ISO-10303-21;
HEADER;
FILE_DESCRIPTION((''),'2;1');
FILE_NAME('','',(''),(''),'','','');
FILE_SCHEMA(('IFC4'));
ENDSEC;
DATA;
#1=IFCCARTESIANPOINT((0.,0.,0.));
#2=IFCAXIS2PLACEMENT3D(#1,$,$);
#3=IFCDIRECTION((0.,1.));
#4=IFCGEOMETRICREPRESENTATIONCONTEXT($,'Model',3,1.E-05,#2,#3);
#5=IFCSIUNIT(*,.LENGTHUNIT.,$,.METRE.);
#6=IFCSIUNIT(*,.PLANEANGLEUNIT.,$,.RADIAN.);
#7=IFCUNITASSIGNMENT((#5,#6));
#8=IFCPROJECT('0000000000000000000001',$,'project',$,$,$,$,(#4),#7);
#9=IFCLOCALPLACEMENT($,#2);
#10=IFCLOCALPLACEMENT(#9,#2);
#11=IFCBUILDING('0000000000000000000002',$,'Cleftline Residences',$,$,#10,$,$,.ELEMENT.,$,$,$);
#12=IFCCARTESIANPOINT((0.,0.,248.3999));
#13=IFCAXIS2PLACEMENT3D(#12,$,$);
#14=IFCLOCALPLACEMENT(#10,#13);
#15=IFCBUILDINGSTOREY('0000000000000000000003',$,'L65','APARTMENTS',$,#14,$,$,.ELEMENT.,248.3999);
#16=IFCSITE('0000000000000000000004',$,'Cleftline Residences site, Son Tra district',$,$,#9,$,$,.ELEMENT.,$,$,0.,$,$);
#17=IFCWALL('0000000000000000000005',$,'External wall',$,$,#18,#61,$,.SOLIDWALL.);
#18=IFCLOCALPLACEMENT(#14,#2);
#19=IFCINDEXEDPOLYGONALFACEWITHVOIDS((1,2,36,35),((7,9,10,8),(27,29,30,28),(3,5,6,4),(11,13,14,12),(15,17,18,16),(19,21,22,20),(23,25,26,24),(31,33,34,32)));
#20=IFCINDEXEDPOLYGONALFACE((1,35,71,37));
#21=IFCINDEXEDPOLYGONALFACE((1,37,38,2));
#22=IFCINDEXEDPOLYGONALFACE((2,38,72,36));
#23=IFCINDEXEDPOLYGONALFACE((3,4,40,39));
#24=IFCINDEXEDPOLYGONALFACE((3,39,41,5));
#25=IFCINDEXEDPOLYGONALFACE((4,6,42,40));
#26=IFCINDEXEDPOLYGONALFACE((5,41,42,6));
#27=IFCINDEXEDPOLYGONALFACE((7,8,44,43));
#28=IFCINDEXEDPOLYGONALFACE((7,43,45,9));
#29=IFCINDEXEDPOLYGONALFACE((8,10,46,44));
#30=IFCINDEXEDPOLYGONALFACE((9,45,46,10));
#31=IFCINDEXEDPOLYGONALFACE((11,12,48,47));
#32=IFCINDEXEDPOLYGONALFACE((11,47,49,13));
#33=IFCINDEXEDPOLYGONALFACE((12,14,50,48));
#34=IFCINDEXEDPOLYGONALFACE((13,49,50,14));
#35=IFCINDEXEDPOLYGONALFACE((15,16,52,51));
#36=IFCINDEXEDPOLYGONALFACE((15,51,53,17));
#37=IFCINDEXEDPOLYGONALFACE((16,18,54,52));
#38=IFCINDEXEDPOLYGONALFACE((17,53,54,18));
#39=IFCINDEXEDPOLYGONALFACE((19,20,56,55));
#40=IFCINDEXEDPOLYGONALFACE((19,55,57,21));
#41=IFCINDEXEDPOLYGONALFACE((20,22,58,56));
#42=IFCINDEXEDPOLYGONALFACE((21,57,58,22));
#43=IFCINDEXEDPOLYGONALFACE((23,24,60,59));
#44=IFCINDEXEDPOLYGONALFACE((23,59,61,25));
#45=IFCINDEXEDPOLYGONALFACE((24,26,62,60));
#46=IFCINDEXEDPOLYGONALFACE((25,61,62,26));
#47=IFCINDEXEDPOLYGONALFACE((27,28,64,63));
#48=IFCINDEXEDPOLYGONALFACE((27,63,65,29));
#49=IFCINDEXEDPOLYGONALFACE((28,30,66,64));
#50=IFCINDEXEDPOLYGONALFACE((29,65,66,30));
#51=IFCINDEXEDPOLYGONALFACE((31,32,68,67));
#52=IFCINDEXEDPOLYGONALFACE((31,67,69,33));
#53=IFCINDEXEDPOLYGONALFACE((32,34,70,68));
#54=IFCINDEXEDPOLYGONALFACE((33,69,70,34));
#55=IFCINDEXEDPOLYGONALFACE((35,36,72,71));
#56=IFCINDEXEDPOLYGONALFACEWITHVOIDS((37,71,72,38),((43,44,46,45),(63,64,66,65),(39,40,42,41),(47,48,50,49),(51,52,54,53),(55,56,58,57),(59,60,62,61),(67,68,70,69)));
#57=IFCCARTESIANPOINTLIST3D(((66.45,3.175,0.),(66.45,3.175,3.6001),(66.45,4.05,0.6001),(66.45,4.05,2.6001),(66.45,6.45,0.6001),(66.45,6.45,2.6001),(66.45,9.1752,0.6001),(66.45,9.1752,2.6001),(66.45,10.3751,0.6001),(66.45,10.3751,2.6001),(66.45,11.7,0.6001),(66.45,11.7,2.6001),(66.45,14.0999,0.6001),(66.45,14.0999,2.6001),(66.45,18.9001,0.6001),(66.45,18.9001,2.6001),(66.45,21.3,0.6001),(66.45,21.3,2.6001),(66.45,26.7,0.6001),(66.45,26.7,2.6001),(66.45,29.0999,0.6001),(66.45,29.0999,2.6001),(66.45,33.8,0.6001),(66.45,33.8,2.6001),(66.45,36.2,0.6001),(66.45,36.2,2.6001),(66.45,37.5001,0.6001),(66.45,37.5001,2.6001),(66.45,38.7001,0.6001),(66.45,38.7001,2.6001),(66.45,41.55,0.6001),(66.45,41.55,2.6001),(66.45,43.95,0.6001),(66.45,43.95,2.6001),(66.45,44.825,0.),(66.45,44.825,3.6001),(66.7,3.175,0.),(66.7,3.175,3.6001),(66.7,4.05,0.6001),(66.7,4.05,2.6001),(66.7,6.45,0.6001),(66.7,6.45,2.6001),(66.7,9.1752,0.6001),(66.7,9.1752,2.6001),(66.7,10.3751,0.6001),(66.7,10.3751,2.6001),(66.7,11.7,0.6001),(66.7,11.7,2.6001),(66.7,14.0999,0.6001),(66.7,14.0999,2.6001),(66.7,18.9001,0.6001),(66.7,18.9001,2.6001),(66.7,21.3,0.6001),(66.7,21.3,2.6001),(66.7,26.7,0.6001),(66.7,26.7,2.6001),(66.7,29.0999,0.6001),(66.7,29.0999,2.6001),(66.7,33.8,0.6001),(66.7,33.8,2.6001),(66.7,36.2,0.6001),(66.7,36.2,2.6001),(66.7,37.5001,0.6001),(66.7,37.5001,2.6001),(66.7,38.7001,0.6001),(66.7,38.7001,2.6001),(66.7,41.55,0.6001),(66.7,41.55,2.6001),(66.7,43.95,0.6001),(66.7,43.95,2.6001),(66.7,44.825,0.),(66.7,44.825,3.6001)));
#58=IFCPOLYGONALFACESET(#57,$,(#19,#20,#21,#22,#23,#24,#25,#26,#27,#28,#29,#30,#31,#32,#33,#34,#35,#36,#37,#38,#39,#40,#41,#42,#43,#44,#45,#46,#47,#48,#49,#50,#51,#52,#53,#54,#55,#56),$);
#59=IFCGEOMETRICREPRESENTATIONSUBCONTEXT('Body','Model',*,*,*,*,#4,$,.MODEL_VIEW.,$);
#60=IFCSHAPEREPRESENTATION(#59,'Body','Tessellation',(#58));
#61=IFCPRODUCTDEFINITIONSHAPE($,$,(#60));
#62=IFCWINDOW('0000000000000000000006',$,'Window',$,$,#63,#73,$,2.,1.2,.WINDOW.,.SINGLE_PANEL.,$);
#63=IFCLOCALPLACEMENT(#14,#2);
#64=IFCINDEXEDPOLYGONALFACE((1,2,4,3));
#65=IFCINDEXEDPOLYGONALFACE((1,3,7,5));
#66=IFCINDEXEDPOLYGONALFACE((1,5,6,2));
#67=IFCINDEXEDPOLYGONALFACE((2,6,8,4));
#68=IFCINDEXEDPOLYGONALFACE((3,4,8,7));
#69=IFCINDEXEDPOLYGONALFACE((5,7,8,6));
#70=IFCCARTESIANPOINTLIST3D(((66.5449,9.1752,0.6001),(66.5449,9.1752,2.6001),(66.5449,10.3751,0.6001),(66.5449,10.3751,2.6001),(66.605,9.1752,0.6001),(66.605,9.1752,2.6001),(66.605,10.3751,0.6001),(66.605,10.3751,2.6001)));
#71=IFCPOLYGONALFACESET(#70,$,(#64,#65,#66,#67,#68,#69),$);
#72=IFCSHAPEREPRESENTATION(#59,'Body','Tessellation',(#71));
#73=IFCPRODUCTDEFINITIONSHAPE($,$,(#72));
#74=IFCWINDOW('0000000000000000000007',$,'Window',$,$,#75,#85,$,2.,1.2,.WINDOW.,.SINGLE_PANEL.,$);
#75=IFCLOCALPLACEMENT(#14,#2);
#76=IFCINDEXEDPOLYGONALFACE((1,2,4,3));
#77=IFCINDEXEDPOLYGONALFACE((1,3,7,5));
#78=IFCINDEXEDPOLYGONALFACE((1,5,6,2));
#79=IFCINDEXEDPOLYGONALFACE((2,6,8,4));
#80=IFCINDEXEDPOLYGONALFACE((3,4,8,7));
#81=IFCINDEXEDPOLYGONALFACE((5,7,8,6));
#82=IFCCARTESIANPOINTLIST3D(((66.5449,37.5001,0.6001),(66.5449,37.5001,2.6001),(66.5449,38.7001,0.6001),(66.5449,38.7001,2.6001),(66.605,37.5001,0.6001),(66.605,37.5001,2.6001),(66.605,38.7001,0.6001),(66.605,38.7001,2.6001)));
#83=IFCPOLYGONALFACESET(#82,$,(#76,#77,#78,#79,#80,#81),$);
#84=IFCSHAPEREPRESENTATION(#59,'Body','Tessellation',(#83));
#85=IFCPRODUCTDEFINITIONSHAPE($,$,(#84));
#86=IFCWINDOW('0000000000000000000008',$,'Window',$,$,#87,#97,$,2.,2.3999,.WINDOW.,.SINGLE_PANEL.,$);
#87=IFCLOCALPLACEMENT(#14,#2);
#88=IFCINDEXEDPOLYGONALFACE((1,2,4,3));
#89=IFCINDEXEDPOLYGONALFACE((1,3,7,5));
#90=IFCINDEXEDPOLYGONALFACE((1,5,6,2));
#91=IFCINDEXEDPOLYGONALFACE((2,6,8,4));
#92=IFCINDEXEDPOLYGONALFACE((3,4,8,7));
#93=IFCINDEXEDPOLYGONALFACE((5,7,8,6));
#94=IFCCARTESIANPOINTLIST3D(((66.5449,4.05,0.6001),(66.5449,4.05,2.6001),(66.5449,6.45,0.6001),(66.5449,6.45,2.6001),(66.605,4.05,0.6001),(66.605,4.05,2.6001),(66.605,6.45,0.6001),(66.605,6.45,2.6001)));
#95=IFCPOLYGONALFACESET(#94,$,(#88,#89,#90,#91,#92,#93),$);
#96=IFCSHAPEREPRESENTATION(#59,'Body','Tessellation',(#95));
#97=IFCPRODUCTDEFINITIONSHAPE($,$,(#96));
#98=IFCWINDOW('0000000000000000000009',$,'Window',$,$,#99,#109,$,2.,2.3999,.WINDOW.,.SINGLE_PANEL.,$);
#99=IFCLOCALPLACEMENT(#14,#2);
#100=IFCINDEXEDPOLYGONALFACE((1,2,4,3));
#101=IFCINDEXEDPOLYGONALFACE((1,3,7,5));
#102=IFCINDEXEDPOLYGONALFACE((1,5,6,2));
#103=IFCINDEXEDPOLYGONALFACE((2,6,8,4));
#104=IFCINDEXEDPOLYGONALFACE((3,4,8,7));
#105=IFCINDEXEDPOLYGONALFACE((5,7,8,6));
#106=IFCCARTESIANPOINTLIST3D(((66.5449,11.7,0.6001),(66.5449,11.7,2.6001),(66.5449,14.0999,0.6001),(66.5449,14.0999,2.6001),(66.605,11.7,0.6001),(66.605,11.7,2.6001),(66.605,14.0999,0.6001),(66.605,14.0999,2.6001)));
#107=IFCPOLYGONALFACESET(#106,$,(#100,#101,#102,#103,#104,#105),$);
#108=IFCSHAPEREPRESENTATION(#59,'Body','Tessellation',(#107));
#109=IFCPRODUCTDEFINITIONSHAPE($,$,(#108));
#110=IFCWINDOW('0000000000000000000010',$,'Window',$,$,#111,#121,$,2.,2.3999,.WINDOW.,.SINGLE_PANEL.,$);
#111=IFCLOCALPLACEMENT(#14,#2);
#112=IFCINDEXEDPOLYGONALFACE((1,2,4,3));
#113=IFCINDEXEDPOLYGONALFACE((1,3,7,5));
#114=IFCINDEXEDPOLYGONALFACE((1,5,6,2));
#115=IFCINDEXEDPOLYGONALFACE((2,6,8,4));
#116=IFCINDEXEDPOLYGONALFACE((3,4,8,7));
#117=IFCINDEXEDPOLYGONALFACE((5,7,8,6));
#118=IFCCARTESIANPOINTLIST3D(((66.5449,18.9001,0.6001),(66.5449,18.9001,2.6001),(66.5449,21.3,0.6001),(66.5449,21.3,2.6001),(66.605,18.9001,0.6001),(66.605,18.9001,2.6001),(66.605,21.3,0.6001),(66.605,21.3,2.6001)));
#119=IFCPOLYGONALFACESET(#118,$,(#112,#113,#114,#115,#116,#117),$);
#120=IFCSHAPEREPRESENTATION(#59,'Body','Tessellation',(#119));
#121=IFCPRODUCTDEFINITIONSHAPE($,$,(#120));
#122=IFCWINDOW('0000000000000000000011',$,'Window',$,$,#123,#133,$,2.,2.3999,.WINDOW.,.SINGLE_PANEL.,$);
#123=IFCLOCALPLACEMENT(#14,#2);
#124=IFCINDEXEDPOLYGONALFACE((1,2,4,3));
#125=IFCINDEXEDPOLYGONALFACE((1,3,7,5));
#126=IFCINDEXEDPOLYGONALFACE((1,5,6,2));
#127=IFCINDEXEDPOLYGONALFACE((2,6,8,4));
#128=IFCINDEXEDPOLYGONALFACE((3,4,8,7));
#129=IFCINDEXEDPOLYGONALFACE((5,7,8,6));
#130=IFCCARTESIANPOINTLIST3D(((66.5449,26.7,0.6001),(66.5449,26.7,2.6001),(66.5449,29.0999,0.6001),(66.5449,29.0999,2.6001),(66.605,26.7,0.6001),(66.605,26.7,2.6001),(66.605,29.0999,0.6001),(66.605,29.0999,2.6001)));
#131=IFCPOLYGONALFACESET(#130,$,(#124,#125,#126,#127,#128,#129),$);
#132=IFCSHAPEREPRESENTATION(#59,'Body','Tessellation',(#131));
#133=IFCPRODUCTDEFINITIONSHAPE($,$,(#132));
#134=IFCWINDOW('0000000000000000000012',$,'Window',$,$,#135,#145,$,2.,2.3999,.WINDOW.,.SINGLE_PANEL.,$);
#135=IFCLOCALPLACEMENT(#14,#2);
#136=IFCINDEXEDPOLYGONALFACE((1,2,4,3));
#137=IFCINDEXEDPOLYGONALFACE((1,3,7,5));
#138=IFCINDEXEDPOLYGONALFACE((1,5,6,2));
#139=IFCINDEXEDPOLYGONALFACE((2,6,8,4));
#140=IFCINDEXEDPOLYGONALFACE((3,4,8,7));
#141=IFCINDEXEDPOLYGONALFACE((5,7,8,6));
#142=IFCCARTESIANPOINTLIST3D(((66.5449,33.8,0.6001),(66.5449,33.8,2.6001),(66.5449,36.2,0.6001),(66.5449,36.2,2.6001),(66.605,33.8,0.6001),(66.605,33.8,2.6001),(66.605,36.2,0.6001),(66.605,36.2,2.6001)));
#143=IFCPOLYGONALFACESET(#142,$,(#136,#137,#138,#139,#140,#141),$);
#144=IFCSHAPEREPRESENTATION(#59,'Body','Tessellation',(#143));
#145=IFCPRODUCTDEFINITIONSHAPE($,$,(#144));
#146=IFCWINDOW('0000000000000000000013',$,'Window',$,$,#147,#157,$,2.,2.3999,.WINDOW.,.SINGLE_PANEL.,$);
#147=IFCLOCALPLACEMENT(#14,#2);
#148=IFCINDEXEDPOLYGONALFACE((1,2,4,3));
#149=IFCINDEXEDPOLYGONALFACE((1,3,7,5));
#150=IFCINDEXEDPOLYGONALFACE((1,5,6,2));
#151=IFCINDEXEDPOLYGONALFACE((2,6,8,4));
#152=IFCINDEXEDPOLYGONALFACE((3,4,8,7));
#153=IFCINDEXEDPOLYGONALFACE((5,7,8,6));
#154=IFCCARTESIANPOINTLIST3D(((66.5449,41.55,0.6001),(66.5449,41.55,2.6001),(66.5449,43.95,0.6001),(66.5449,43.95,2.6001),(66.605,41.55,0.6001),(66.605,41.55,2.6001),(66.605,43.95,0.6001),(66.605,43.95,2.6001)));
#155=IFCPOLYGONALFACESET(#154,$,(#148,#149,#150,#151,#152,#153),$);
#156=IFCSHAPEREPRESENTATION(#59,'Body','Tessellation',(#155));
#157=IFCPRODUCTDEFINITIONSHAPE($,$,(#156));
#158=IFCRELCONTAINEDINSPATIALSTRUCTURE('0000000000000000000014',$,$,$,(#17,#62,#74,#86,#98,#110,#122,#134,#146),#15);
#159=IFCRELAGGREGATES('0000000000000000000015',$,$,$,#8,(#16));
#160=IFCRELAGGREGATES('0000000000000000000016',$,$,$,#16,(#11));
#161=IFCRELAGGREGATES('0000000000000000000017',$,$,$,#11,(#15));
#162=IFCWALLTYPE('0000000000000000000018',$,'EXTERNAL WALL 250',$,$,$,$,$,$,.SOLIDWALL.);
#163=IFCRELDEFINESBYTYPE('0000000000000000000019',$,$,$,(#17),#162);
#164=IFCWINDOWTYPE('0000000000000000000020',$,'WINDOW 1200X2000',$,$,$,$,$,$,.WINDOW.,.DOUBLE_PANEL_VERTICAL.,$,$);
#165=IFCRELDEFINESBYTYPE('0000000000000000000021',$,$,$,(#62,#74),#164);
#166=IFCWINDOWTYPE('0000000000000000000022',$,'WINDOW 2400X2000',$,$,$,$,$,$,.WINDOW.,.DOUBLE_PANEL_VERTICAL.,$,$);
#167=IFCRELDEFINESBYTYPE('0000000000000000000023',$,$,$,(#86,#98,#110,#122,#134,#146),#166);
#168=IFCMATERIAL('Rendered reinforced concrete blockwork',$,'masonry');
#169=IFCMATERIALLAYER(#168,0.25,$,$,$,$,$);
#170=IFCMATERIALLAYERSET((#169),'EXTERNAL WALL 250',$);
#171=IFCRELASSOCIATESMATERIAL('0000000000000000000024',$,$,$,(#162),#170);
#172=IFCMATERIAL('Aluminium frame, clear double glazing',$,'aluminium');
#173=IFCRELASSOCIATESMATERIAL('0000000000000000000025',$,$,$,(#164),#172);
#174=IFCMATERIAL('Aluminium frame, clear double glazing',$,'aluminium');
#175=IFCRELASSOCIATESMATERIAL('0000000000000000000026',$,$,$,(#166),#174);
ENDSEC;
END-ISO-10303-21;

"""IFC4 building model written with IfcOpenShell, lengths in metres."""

from ifc_helpers import new_model, si_unit, direction, frame, frame_2d, origin, place, context, subcontext, project, spatial, rectangle, extrude, material, layer, layer_set, type_object, element, fill, save


model = new_model("IFC4")

# Units and contexts
model_context = context("Model", 3, precision=1e-05, world=origin(), true_north=direction((0.0, 1.0)))
body_context = subcontext(model_context, "Body", "Model", "MODEL_VIEW")
ifc_project = project(units=[si_unit("LENGTHUNIT", "METRE"), si_unit("PLANEANGLEUNIT", "RADIAN")], contexts=[model_context])

# Site, building, storey
site_placement = place(None, origin())
site = spatial("IfcSite", under=ifc_project, at=site_placement, Name="Cleftline Residences site, Son Tra district", CompositionType="ELEMENT", RefElevation=0.0)
building_placement = place(site_placement, origin())
building = spatial("IfcBuilding", under=site, at=building_placement, Name="Cleftline Residences", CompositionType="ELEMENT")
storey_placement = place(building_placement, frame((0.0, 0.0, 248.3999)))
storey = spatial("IfcBuildingStorey", under=building, at=storey_placement, Name="L65", Description="APARTMENTS", CompositionType="ELEMENT", Elevation=248.3999)

# Wall, openings, windows
ifc_material_1 = material(Name="Rendered reinforced concrete blockwork", Category="masonry")
ifc_layer_1 = layer(ifc_material_1, 0.25)
ifc_layer_set_1 = layer_set([ifc_layer_1], Name="EXTERNAL WALL 250")
wall_type = type_object("IfcWallType", Name="EXTERNAL WALL 250", PredefinedType="SOLIDWALL", material=ifc_layer_set_1)
wall_placement = place(storey_placement, frame((66.575, 3.175, 0.0), z_axis=(0.0, 0.0, 1.0), x_axis=(0.0, 1.0, 0.0)))
wall = element("IfcWall", 1, at=wall_placement, inside=storey, type_object=wall_type, Name="External wall", PredefinedType="SOLIDWALL", context=body_context, shape_type="SweptSolid", body=[
    extrude(rectangle(XDim=41.6499, YDim=0.25, at=frame_2d((20.825, 0.0))), origin(), (0.0, 0.0, 1.0), 3.6001),
])
opening_1_placement = place(wall_placement, frame((0.875, 0.0, 0.6001)))
opening_1 = element("IfcOpeningElement", 2, at=opening_1_placement, cuts=wall, PredefinedType="OPENING", context=body_context, shape_type="SweptSolid", body=[
    extrude(rectangle(XDim=2.3999, YDim=2.0, at=frame_2d((1.2, 1.0))), frame((0.0, 0.135, 0.0), z_axis=(0.0, -1.0, 0.0), x_axis=(1.0, 0.0, 0.0)), (0.0, 0.0, 1.0), 0.27),
])
opening_2_placement = place(wall_placement, frame((6.0, 0.0, 0.6001)))
opening_2 = element("IfcOpeningElement", 3, at=opening_2_placement, cuts=wall, PredefinedType="OPENING", context=body_context, shape_type="SweptSolid", body=[
    extrude(rectangle(XDim=1.2, YDim=2.0, at=frame_2d((0.6001, 1.0))), frame((0.0, 0.135, 0.0), z_axis=(0.0, -1.0, 0.0), x_axis=(1.0, 0.0, 0.0)), (0.0, 0.0, 1.0), 0.27),
])
opening_3_placement = place(wall_placement, frame((8.5249, 0.0, 0.6001)))
opening_3 = element("IfcOpeningElement", 4, at=opening_3_placement, cuts=wall, PredefinedType="OPENING", context=body_context, shape_type="SweptSolid", body=[
    extrude(rectangle(XDim=2.3999, YDim=2.0, at=frame_2d((1.2, 1.0))), frame((0.0, 0.135, 0.0), z_axis=(0.0, -1.0, 0.0), x_axis=(1.0, 0.0, 0.0)), (0.0, 0.0, 1.0), 0.27),
])
opening_4_placement = place(wall_placement, frame((15.7251, 0.0, 0.6001)))
opening_4 = element("IfcOpeningElement", 5, at=opening_4_placement, cuts=wall, PredefinedType="OPENING", context=body_context, shape_type="SweptSolid", body=[
    extrude(rectangle(XDim=2.3999, YDim=2.0, at=frame_2d((1.2, 1.0))), frame((0.0, 0.135, 0.0), z_axis=(0.0, -1.0, 0.0), x_axis=(1.0, 0.0, 0.0)), (0.0, 0.0, 1.0), 0.27),
])
opening_5_placement = place(wall_placement, frame((23.5249, 0.0, 0.6001)))
opening_5 = element("IfcOpeningElement", 6, at=opening_5_placement, cuts=wall, PredefinedType="OPENING", context=body_context, shape_type="SweptSolid", body=[
    extrude(rectangle(XDim=2.3999, YDim=2.0, at=frame_2d((1.2, 1.0))), frame((0.0, 0.135, 0.0), z_axis=(0.0, -1.0, 0.0), x_axis=(1.0, 0.0, 0.0)), (0.0, 0.0, 1.0), 0.27),
])
opening_6_placement = place(wall_placement, frame((30.625, 0.0, 0.6001)))
opening_6 = element("IfcOpeningElement", 7, at=opening_6_placement, cuts=wall, PredefinedType="OPENING", context=body_context, shape_type="SweptSolid", body=[
    extrude(rectangle(XDim=2.3999, YDim=2.0, at=frame_2d((1.2, 1.0))), frame((0.0, 0.135, 0.0), z_axis=(0.0, -1.0, 0.0), x_axis=(1.0, 0.0, 0.0)), (0.0, 0.0, 1.0), 0.27),
])
opening_7_placement = place(wall_placement, frame((34.325, 0.0, 0.6001)))
opening_7 = element("IfcOpeningElement", 8, at=opening_7_placement, cuts=wall, PredefinedType="OPENING", context=body_context, shape_type="SweptSolid", body=[
    extrude(rectangle(XDim=1.2, YDim=2.0, at=frame_2d((0.6001, 1.0))), frame((0.0, 0.135, 0.0), z_axis=(0.0, -1.0, 0.0), x_axis=(1.0, 0.0, 0.0)), (0.0, 0.0, 1.0), 0.27),
])
opening_8_placement = place(wall_placement, frame((38.375, 0.0, 0.6001)))
opening_8 = element("IfcOpeningElement", 9, at=opening_8_placement, cuts=wall, PredefinedType="OPENING", context=body_context, shape_type="SweptSolid", body=[
    extrude(rectangle(XDim=2.3999, YDim=2.0, at=frame_2d((1.2, 1.0))), frame((0.0, 0.135, 0.0), z_axis=(0.0, -1.0, 0.0), x_axis=(1.0, 0.0, 0.0)), (0.0, 0.0, 1.0), 0.27),
])
ifc_material_2 = material(Name="Aluminium frame, clear double glazing", Category="aluminium")
window_type_1 = type_object("IfcWindowType", Name="WINDOW 1200X2000", PartitioningType="DOUBLE_PANEL_VERTICAL", PredefinedType="WINDOW", material=ifc_material_2)
window_1_placement = place(opening_2_placement, origin())
window_1 = element("IfcWindow", 10, at=window_1_placement, inside=storey, type_object=window_type_1, Name="Window", OverallHeight=2.0, OverallWidth=1.2, PartitioningType="SINGLE_PANEL", PredefinedType="WINDOW", context=body_context, shape_type="SweptSolid", body=[
    extrude(rectangle(XDim=1.2, YDim=2.0, at=frame_2d((0.6001, 1.0))), frame((0.0, 0.03, 0.0), z_axis=(0.0, -1.0, 0.0), x_axis=(1.0, 0.0, 0.0)), (0.0, 0.0, 1.0), 0.0601),
])
fill(opening_2, window_1)
window_2_placement = place(opening_7_placement, origin())
window_2 = element("IfcWindow", 11, at=window_2_placement, inside=storey, type_object=window_type_1, Name="Window", OverallHeight=2.0, OverallWidth=1.2, PartitioningType="SINGLE_PANEL", PredefinedType="WINDOW", context=body_context, shape_type="SweptSolid", body=[
    extrude(rectangle(XDim=1.2, YDim=2.0, at=frame_2d((0.6001, 1.0))), frame((0.0, 0.03, 0.0), z_axis=(0.0, -1.0, 0.0), x_axis=(1.0, 0.0, 0.0)), (0.0, 0.0, 1.0), 0.0601),
])
fill(opening_7, window_2)
ifc_material_3 = material(Name="Aluminium frame, clear double glazing", Category="aluminium")
window_type_2 = type_object("IfcWindowType", Name="WINDOW 2400X2000", PartitioningType="DOUBLE_PANEL_VERTICAL", PredefinedType="WINDOW", material=ifc_material_3)
window_3_placement = place(opening_1_placement, origin())
window_3 = element("IfcWindow", 12, at=window_3_placement, inside=storey, type_object=window_type_2, Name="Window", OverallHeight=2.0, OverallWidth=2.3999, PartitioningType="SINGLE_PANEL", PredefinedType="WINDOW", context=body_context, shape_type="SweptSolid", body=[
    extrude(rectangle(XDim=2.3999, YDim=2.0, at=frame_2d((1.2, 1.0))), frame((0.0, 0.03, 0.0), z_axis=(0.0, -1.0, 0.0), x_axis=(1.0, 0.0, 0.0)), (0.0, 0.0, 1.0), 0.0601),
])
fill(opening_1, window_3)
window_4_placement = place(opening_3_placement, origin())
window_4 = element("IfcWindow", 13, at=window_4_placement, inside=storey, type_object=window_type_2, Name="Window", OverallHeight=2.0, OverallWidth=2.3999, PartitioningType="SINGLE_PANEL", PredefinedType="WINDOW", context=body_context, shape_type="SweptSolid", body=[
    extrude(rectangle(XDim=2.3999, YDim=2.0, at=frame_2d((1.2, 1.0))), frame((0.0, 0.03, 0.0), z_axis=(0.0, -1.0, 0.0), x_axis=(1.0, 0.0, 0.0)), (0.0, 0.0, 1.0), 0.0601),
])
fill(opening_3, window_4)
window_5_placement = place(opening_4_placement, origin())
window_5 = element("IfcWindow", 14, at=window_5_placement, inside=storey, type_object=window_type_2, Name="Window", OverallHeight=2.0, OverallWidth=2.3999, PartitioningType="SINGLE_PANEL", PredefinedType="WINDOW", context=body_context, shape_type="SweptSolid", body=[
    extrude(rectangle(XDim=2.3999, YDim=2.0, at=frame_2d((1.2, 1.0))), frame((0.0, 0.03, 0.0), z_axis=(0.0, -1.0, 0.0), x_axis=(1.0, 0.0, 0.0)), (0.0, 0.0, 1.0), 0.0601),
])
fill(opening_4, window_5)
window_6_placement = place(opening_5_placement, origin())
window_6 = element("IfcWindow", 15, at=window_6_placement, inside=storey, type_object=window_type_2, Name="Window", OverallHeight=2.0, OverallWidth=2.3999, PartitioningType="SINGLE_PANEL", PredefinedType="WINDOW", context=body_context, shape_type="SweptSolid", body=[
    extrude(rectangle(XDim=2.3999, YDim=2.0, at=frame_2d((1.2, 1.0))), frame((0.0, 0.03, 0.0), z_axis=(0.0, -1.0, 0.0), x_axis=(1.0, 0.0, 0.0)), (0.0, 0.0, 1.0), 0.0601),
])
fill(opening_5, window_6)
window_7_placement = place(opening_6_placement, origin())
window_7 = element("IfcWindow", 16, at=window_7_placement, inside=storey, type_object=window_type_2, Name="Window", OverallHeight=2.0, OverallWidth=2.3999, PartitioningType="SINGLE_PANEL", PredefinedType="WINDOW", context=body_context, shape_type="SweptSolid", body=[
    extrude(rectangle(XDim=2.3999, YDim=2.0, at=frame_2d((1.2, 1.0))), frame((0.0, 0.03, 0.0), z_axis=(0.0, -1.0, 0.0), x_axis=(1.0, 0.0, 0.0)), (0.0, 0.0, 1.0), 0.0601),
])
fill(opening_6, window_7)
window_8_placement = place(opening_8_placement, origin())
window_8 = element("IfcWindow", 17, at=window_8_placement, inside=storey, type_object=window_type_2, Name="Window", OverallHeight=2.0, OverallWidth=2.3999, PartitioningType="SINGLE_PANEL", PredefinedType="WINDOW", context=body_context, shape_type="SweptSolid", body=[
    extrude(rectangle(XDim=2.3999, YDim=2.0, at=frame_2d((1.2, 1.0))), frame((0.0, 0.03, 0.0), z_axis=(0.0, -1.0, 0.0), x_axis=(1.0, 0.0, 0.0)), (0.0, 0.0, 1.0), 0.0601),
])
fill(opening_8, window_8)

save(model, "model.ifc")
